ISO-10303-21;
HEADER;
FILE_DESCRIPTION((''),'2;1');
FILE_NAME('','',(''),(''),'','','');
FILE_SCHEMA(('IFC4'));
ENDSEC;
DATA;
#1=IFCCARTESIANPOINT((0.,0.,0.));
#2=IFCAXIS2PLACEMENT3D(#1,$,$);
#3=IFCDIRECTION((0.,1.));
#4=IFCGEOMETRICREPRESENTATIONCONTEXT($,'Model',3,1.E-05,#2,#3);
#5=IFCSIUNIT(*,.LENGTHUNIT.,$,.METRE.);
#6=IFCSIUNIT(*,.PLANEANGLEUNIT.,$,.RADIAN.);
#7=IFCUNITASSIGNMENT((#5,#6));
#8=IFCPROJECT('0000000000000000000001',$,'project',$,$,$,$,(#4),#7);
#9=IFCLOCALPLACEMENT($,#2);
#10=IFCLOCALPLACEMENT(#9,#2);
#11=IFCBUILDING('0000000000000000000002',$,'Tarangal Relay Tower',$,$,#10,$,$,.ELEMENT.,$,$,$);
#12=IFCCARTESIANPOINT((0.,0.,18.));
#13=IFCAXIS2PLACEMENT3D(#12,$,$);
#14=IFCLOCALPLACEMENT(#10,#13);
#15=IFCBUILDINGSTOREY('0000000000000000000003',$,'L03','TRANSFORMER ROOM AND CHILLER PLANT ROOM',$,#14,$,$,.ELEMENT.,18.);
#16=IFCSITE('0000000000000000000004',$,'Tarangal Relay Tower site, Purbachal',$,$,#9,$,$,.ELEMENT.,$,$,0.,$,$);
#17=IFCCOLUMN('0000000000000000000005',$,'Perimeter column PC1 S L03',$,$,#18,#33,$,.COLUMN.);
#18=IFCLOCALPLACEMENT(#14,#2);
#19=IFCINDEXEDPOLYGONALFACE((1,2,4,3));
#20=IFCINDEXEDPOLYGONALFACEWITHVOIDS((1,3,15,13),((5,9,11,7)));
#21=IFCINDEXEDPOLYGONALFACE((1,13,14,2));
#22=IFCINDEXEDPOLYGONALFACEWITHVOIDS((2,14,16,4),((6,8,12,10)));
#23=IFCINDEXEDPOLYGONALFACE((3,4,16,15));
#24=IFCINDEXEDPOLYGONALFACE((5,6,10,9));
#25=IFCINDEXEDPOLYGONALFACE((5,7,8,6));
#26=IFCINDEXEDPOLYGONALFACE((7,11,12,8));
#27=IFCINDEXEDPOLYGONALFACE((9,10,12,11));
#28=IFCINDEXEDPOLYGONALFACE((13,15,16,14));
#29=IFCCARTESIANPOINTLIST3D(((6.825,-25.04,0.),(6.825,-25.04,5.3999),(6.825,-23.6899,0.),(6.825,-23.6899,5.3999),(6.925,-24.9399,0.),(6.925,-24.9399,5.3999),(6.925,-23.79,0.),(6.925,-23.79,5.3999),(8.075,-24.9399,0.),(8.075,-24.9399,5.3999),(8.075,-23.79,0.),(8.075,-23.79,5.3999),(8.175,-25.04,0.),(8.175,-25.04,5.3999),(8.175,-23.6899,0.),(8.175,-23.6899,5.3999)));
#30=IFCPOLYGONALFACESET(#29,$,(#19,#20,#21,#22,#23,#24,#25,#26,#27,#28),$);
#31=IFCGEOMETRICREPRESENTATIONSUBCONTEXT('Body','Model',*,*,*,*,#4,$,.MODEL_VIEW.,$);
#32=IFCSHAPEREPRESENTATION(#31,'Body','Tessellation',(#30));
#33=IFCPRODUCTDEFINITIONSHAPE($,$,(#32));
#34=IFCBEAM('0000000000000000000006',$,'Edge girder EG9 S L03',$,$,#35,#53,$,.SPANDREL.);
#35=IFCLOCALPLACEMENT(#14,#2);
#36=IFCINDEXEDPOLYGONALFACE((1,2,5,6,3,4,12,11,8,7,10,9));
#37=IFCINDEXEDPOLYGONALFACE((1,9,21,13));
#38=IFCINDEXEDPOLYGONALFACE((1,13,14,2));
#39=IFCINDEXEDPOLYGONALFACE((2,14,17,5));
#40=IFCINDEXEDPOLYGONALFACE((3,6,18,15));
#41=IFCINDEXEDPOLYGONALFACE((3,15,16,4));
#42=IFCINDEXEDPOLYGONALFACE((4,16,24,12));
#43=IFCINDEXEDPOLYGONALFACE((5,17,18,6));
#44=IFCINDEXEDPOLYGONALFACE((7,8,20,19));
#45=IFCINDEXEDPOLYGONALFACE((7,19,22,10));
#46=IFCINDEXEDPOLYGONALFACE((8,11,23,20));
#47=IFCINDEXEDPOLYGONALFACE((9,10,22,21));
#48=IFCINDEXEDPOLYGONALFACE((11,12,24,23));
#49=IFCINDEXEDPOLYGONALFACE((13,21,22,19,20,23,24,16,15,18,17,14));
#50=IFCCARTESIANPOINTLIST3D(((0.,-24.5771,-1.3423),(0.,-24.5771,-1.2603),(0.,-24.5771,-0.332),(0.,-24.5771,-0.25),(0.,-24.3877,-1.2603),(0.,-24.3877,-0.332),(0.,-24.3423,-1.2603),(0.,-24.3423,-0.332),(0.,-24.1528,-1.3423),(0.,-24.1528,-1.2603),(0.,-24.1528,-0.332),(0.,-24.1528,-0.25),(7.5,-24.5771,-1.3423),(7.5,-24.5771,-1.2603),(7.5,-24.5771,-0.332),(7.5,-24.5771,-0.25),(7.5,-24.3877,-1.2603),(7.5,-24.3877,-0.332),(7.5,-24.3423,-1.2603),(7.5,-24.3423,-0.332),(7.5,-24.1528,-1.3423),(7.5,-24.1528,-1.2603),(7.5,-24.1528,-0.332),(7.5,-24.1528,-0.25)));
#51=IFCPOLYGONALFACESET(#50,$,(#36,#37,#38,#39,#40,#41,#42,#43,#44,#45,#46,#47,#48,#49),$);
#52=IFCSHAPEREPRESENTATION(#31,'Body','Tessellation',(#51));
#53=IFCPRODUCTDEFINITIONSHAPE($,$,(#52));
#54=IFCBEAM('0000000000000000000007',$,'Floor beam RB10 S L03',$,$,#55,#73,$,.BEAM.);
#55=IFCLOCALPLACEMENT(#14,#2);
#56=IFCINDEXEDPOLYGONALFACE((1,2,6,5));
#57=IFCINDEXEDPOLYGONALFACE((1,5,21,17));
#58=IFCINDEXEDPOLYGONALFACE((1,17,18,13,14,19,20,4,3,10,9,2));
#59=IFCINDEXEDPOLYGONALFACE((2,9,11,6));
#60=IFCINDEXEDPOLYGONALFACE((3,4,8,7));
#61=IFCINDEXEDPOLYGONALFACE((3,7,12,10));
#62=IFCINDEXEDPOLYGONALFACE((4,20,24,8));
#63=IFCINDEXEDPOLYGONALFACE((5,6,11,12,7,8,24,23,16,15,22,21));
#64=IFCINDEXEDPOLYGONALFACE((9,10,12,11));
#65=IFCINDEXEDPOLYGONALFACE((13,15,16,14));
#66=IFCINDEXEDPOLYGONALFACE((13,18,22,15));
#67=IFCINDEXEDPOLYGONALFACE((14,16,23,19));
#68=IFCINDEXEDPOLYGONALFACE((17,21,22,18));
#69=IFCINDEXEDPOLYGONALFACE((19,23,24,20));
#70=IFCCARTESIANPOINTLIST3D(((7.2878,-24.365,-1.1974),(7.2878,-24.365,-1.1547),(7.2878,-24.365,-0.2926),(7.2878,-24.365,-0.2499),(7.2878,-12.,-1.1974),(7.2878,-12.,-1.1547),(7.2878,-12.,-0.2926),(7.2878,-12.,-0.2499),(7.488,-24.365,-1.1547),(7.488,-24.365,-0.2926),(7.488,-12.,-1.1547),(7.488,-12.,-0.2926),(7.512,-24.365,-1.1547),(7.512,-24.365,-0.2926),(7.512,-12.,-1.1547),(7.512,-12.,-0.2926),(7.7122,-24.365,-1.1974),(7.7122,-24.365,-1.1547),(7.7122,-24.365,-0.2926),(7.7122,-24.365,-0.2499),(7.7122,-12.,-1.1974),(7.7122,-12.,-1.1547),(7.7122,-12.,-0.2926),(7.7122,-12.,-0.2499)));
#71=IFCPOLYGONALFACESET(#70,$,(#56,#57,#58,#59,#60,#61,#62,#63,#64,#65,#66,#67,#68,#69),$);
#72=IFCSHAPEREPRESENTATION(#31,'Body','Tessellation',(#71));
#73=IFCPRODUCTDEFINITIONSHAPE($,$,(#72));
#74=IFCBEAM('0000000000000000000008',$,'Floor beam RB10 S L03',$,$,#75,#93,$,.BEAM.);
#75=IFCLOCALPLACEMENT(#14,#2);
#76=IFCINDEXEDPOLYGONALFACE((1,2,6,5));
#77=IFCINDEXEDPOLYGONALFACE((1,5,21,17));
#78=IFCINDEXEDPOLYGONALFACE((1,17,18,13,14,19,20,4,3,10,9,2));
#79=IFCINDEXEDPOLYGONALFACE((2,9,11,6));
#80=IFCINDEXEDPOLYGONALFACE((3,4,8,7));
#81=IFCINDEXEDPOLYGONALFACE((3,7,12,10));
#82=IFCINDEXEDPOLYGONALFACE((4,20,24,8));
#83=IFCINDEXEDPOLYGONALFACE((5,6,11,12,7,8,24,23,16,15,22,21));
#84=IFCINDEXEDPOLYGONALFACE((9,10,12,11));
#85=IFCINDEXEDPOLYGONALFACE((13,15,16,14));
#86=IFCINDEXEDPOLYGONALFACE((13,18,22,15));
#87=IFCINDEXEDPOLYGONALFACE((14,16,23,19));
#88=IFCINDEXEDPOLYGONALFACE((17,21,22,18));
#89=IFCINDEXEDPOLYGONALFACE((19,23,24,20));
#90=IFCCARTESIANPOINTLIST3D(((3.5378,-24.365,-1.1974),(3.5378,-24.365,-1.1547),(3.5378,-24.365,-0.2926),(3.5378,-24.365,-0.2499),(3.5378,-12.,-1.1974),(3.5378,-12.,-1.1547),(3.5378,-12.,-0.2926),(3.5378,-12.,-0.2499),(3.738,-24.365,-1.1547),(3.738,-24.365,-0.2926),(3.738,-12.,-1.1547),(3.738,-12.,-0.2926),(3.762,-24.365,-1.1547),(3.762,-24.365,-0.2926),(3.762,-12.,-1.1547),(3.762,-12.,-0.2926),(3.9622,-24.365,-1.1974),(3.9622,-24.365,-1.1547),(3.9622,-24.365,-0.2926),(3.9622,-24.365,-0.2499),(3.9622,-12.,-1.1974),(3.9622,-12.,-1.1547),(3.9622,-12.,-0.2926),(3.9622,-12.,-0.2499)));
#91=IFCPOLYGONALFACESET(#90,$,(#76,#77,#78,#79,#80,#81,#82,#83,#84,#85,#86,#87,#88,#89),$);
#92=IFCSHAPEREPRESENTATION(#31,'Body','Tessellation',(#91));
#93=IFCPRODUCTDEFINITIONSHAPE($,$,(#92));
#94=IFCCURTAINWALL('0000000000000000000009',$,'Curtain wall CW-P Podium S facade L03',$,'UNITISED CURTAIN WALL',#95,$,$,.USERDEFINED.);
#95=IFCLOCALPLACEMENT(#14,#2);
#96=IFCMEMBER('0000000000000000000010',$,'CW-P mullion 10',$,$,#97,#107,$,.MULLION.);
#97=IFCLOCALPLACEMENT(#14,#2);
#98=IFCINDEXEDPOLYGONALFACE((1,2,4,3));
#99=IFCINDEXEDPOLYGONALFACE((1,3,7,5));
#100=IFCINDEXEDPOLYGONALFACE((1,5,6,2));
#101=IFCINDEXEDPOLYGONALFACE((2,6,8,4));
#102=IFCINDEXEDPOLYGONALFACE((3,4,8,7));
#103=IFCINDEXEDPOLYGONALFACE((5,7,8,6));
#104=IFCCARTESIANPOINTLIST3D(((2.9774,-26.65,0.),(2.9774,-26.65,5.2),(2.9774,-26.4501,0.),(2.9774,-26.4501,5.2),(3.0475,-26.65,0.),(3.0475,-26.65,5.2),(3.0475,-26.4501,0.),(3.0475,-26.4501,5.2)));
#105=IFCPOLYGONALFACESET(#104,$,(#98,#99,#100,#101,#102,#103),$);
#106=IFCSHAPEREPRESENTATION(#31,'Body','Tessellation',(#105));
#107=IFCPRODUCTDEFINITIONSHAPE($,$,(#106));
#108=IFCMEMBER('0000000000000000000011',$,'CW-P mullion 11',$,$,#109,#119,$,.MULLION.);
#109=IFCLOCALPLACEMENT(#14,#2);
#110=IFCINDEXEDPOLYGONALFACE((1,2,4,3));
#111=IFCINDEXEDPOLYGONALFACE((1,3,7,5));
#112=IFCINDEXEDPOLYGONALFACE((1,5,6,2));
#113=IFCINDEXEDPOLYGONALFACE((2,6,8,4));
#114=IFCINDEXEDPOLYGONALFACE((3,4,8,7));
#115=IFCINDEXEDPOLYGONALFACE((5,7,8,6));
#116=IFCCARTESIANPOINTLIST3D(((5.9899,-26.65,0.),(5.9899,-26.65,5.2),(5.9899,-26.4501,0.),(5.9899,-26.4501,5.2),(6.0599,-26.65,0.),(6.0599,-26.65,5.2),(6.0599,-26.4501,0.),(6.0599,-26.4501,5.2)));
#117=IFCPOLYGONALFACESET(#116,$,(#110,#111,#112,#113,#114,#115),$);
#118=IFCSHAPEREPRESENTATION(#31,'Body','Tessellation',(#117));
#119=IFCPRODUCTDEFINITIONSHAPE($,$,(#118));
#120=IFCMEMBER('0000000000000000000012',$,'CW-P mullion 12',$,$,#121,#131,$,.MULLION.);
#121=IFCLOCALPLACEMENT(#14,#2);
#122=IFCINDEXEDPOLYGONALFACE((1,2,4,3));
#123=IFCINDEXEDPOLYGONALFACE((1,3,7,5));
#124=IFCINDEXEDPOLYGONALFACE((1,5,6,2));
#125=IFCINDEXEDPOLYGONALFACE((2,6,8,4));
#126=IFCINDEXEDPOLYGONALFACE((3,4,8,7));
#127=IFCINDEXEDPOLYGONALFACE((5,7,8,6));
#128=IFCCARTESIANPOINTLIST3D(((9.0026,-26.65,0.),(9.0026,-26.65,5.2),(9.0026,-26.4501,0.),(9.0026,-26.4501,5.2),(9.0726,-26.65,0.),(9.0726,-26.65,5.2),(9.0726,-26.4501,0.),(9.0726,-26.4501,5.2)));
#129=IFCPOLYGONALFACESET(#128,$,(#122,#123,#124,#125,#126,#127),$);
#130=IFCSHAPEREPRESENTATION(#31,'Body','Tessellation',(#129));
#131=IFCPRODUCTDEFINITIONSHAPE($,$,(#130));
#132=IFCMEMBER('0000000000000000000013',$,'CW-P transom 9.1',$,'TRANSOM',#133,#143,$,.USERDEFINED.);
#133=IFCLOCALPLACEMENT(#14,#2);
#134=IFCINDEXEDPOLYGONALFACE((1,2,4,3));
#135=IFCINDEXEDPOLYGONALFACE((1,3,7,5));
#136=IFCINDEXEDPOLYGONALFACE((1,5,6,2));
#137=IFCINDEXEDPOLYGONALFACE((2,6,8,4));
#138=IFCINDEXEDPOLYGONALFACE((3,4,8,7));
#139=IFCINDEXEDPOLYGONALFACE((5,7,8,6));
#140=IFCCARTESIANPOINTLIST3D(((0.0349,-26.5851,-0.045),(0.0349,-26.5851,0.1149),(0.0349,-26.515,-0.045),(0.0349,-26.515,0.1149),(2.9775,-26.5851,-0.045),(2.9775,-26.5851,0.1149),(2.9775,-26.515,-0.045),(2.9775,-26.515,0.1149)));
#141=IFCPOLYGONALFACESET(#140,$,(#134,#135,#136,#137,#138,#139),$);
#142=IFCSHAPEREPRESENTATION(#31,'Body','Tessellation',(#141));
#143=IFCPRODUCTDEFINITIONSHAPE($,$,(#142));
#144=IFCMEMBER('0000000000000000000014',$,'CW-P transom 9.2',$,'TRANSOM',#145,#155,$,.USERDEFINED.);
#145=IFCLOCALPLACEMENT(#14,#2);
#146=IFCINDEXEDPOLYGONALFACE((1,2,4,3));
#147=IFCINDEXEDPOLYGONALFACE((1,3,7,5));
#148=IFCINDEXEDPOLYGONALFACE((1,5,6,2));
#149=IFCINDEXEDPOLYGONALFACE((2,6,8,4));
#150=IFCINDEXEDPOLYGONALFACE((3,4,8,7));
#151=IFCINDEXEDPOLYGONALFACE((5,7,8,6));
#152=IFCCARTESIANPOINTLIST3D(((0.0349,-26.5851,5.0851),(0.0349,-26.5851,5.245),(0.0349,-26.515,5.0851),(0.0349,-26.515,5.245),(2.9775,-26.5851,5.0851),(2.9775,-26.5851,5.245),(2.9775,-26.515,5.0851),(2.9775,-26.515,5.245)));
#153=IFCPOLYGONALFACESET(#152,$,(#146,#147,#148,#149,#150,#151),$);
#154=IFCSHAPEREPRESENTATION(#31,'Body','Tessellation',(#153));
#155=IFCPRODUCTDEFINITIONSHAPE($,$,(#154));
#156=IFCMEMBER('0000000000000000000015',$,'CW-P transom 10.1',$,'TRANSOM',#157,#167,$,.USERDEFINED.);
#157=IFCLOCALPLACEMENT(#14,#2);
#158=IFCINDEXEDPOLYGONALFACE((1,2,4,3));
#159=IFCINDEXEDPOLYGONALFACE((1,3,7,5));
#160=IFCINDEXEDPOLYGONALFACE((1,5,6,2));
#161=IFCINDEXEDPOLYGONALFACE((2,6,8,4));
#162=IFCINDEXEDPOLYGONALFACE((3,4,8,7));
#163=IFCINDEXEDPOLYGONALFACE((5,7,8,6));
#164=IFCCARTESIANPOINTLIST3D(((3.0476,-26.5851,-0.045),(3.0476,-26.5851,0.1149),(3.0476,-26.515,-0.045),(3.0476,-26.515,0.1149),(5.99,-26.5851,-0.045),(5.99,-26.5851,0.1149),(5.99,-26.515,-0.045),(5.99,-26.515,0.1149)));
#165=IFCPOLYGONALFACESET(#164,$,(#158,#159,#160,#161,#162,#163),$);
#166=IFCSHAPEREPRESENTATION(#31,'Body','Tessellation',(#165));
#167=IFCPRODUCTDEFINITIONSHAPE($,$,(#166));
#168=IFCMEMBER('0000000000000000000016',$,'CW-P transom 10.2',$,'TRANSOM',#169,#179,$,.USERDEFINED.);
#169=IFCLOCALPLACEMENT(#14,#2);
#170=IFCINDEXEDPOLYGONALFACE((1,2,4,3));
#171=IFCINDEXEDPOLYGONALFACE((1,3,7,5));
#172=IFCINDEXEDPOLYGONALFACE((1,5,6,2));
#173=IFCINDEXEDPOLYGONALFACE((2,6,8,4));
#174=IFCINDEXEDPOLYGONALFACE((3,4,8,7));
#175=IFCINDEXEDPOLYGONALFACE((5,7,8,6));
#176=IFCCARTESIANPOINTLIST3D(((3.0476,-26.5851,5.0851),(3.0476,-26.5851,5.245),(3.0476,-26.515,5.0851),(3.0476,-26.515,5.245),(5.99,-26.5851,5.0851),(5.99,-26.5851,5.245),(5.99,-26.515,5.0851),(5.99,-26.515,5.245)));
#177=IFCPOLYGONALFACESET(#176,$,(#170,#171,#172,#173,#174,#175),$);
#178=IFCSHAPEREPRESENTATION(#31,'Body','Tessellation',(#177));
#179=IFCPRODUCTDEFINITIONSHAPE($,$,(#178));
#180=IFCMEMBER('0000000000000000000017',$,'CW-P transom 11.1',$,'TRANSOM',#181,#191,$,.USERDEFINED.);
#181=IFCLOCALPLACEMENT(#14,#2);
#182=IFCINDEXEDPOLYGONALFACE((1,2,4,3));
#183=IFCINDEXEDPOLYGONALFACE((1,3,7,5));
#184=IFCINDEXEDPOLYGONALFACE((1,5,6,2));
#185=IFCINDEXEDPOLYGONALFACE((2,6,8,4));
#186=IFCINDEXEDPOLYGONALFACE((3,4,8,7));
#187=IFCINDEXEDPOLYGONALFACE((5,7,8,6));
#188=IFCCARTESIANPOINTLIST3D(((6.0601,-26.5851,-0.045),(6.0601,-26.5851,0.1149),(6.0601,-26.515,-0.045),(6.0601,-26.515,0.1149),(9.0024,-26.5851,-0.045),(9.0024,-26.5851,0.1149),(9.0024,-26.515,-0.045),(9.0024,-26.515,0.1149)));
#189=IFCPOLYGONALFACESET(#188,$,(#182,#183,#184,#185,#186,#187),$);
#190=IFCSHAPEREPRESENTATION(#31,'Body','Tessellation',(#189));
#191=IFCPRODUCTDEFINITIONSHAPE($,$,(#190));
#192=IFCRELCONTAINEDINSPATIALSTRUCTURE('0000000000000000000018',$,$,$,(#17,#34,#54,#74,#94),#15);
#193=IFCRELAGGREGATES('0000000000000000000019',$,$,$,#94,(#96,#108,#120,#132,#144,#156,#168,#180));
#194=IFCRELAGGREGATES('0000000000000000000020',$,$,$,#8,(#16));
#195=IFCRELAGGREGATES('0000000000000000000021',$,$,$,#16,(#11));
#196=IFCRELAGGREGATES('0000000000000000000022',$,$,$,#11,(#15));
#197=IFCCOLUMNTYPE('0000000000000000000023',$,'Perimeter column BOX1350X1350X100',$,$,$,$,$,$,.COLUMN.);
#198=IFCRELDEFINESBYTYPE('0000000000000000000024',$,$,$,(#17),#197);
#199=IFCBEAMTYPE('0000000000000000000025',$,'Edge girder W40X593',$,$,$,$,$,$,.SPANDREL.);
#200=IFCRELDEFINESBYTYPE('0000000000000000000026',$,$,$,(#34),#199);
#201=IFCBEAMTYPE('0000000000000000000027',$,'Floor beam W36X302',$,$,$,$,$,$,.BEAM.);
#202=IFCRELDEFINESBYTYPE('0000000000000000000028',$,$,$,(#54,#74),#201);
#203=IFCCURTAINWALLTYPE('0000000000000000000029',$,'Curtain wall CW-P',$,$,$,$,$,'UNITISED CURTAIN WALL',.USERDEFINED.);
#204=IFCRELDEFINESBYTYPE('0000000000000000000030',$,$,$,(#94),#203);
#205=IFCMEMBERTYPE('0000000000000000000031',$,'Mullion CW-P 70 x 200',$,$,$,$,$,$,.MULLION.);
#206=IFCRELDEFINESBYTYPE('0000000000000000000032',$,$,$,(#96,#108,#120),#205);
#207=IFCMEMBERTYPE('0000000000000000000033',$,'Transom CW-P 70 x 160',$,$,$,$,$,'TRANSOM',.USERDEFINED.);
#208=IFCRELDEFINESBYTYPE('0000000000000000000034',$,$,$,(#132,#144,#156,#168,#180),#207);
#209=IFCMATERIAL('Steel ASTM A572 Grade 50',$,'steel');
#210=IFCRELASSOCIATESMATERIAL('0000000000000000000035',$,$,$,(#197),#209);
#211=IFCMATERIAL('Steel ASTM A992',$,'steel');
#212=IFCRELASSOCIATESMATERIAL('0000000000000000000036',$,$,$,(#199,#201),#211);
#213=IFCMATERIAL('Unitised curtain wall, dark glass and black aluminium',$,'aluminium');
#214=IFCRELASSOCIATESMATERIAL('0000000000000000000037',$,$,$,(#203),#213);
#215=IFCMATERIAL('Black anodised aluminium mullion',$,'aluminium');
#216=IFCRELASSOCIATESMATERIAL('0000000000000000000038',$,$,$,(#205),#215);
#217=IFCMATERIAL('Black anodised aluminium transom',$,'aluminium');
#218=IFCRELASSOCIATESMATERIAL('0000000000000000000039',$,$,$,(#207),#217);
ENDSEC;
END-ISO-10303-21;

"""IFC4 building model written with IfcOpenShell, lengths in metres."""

from ifc_helpers import new_model, si_unit, direction, frame, origin, origin_2d, place, context, subcontext, project, spatial, rectangle, hollow_rectangle, i_section, extrude, material, material_profile, profile_set, type_object, element, aggregate, save


model = new_model("IFC4")

# Units and contexts
model_context = context("Model", 3, precision=1e-05, world=origin(), true_north=direction((0.0, 1.0)))
body_context = subcontext(model_context, "Body", "Model", "MODEL_VIEW")
ifc_project = project(units=[si_unit("LENGTHUNIT", "METRE"), si_unit("PLANEANGLEUNIT", "RADIAN")], contexts=[model_context])

# Site, building, storey
site_placement = place(None, origin())
site = spatial("IfcSite", under=ifc_project, at=site_placement, Name="Tarangal Relay Tower site, Purbachal", CompositionType="ELEMENT", RefElevation=0.0)
building_placement = place(site_placement, origin())
building = spatial("IfcBuilding", under=site, at=building_placement, Name="Tarangal Relay Tower", CompositionType="ELEMENT")
storey_placement = place(building_placement, frame((0.0, 0.0, 18.0)))
storey = spatial("IfcBuildingStorey", under=building, at=storey_placement, Name="L03", Description="TRANSFORMER ROOM AND CHILLER PLANT ROOM", CompositionType="ELEMENT", Elevation=18.0)

# Column
ifc_material_1 = material(Name="Steel ASTM A572 Grade 50", Category="steel")
ifc_material_profile_1 = material_profile(ifc_material_1, hollow_rectangle(XDim=1.3501, YDim=1.3501, WallThickness=0.1001, at=origin_2d()), Name="BOX1350X1350X100")
ifc_profile_set_1 = profile_set([ifc_material_profile_1], Name="Steel ASTM A572 Grade 50")
column_type = type_object("IfcColumnType", Name="Perimeter column BOX1350X1350X100", PredefinedType="COLUMN", material=ifc_profile_set_1)
column_placement = place(storey_placement, frame((7.5, -24.365, 0.0), z_axis=(0.0, 0.0, 1.0), x_axis=(1.0, 0.0, 0.0)))
element("IfcColumn", 1, at=column_placement, inside=storey, type_object=column_type, Name="Perimeter column PC1 S L03", PredefinedType="COLUMN", context=body_context, shape_type="SweptSolid", body=[
    extrude(hollow_rectangle(XDim=1.3501, YDim=1.3501, WallThickness=0.1001, at=origin_2d()), origin(), (0.0, 0.0, 1.0), 5.3999),
])

# Beams
ifc_material_2 = material(Name="Steel ASTM A992", Category="steel")
ifc_material_profile_2 = material_profile(ifc_material_2, i_section(OverallWidth=0.4243, OverallDepth=1.0923, WebThickness=0.0454, FlangeThickness=0.082, at=origin_2d()), Name="W40X593")
ifc_profile_set_2 = profile_set([ifc_material_profile_2], Name="Steel ASTM A992")
beam_type_1 = type_object("IfcBeamType", Name="Edge girder W40X593", PredefinedType="SPANDREL", material=ifc_profile_set_2)
beam_placement = place(storey_placement, frame((7.5, -24.365, -0.7961), z_axis=(-1.0, 0.0, 0.0), x_axis=(0.0, -1.0, 0.0)))
element("IfcBeam", 2, at=beam_placement, inside=storey, type_object=beam_type_1, Name="Edge girder EG9 S L03", PredefinedType="SPANDREL", context=body_context, shape_type="SweptSolid", body=[
    extrude(i_section(OverallWidth=0.4243, OverallDepth=1.0923, WebThickness=0.0454, FlangeThickness=0.082, at=origin_2d()), origin(), (0.0, 0.0, 1.0), 7.5),
])
ifc_material_profile_3 = material_profile(ifc_material_2, i_section(OverallWidth=0.4243, OverallDepth=0.9475, WebThickness=0.0239, FlangeThickness=0.0427, at=origin_2d()), Name="W36X302")
ifc_profile_set_3 = profile_set([ifc_material_profile_3], Name="Steel ASTM A992")
beam_type_2 = type_object("IfcBeamType", Name="Floor beam W36X302", PredefinedType="BEAM", material=ifc_profile_set_3)
for number, where, z_axis, x_axis, name in (
    (3, (7.5, -12.0, -0.7236), (0.0, -1.0, 0.0), (1.0, 0.0, 0.0), "Floor beam RB10 S L03"),
    (4, (3.75, -12.0, -0.7236), (0.0, -1.0, 0.0), (1.0, 0.0, 0.0), "Floor beam RB10 S L03"),
):
    element("IfcBeam", number, at=place(storey_placement, frame(where, z_axis=z_axis, x_axis=x_axis)), inside=storey, type_object=beam_type_2, Name=name, PredefinedType="BEAM", context=body_context, shape_type="SweptSolid", body=[
        extrude(i_section(OverallWidth=0.4243, OverallDepth=0.9475, WebThickness=0.0239, FlangeThickness=0.0427, at=origin_2d()), origin(), (0.0, 0.0, 1.0), 12.365),
    ])

# Curtain wall, members
ifc_material_3 = material(Name="Unitised curtain wall, dark glass and black aluminium", Category="aluminium")
curtain_wall_type = type_object("IfcCurtainWallType", Name="Curtain wall CW-P", ElementType="UNITISED CURTAIN WALL", PredefinedType="USERDEFINED", material=ifc_material_3)
curtain_wall_placement = place(storey_placement, origin())
curtain_wall = element("IfcCurtainWall", 5, at=curtain_wall_placement, inside=storey, type_object=curtain_wall_type, Name="Curtain wall CW-P Podium S facade L03", ObjectType="UNITISED CURTAIN WALL", PredefinedType="USERDEFINED")
ifc_material_4 = material(Name="Black anodised aluminium mullion", Category="aluminium")
ifc_material_profile_4 = material_profile(ifc_material_4, rectangle(XDim=0.2, YDim=0.0701, at=origin_2d()), Name="CW-PM 70X200")
ifc_profile_set_4 = profile_set([ifc_material_profile_4], Name="Black anodised aluminium mullion")
member_type_1 = type_object("IfcMemberType", Name="Mullion CW-P 70 x 200", PredefinedType="MULLION", material=ifc_profile_set_4)
member_1_placement = place(storey_placement, frame((3.0125, -26.55, 0.0), z_axis=(0.0, 0.0, 1.0), x_axis=(0.0, 1.0, 0.0)))
member_1 = element("IfcMember", 6, at=member_1_placement, type_object=member_type_1, Name="CW-P mullion 10", PredefinedType="MULLION", context=body_context, shape_type="SweptSolid", body=[
    extrude(rectangle(XDim=0.2, YDim=0.0701, at=origin_2d()), origin(), (0.0, 0.0, 1.0), 5.2),
])
member_2_placement = place(storey_placement, frame((6.0249, -26.55, 0.0), z_axis=(0.0, 0.0, 1.0), x_axis=(0.0, 1.0, 0.0)))
member_2 = element("IfcMember", 7, at=member_2_placement, type_object=member_type_1, Name="CW-P mullion 11", PredefinedType="MULLION", context=body_context, shape_type="SweptSolid", body=[
    extrude(rectangle(XDim=0.2, YDim=0.0701, at=origin_2d()), origin(), (0.0, 0.0, 1.0), 5.2),
])
member_3_placement = place(storey_placement, frame((9.0376, -26.55, 0.0), z_axis=(0.0, 0.0, 1.0), x_axis=(0.0, 1.0, 0.0)))
member_3 = element("IfcMember", 8, at=member_3_placement, type_object=member_type_1, Name="CW-P mullion 12", PredefinedType="MULLION", context=body_context, shape_type="SweptSolid", body=[
    extrude(rectangle(XDim=0.2, YDim=0.0701, at=origin_2d()), origin(), (0.0, 0.0, 1.0), 5.2),
])
ifc_material_5 = material(Name="Black anodised aluminium transom", Category="aluminium")
ifc_material_profile_5 = material_profile(ifc_material_5, rectangle(XDim=0.0701, YDim=0.1599, at=origin_2d()), Name="CW-PT 70X160")
ifc_profile_set_5 = profile_set([ifc_material_profile_5], Name="Black anodised aluminium transom")
member_type_2 = type_object("IfcMemberType", Name="Transom CW-P 70 x 160", ElementType="TRANSOM", PredefinedType="USERDEFINED", material=ifc_profile_set_5)
member_4_placement = place(storey_placement, frame((0.0349, -26.55, 0.0349), z_axis=(1.0, 0.0, 0.0), x_axis=(0.0, 1.0, 0.0)))
member_4 = element("IfcMember", 9, at=member_4_placement, type_object=member_type_2, Name="CW-P transom 9.1", ObjectType="TRANSOM", PredefinedType="USERDEFINED", context=body_context, shape_type="SweptSolid", body=[
    extrude(rectangle(XDim=0.0701, YDim=0.1599, at=origin_2d()), origin(), (0.0, 0.0, 1.0), 2.9426),
])
member_5_placement = place(storey_placement, frame((0.0349, -26.55, 5.165), z_axis=(1.0, 0.0, 0.0), x_axis=(0.0, 1.0, 0.0)))
member_5 = element("IfcMember", 10, at=member_5_placement, type_object=member_type_2, Name="CW-P transom 9.2", ObjectType="TRANSOM", PredefinedType="USERDEFINED", context=body_context, shape_type="SweptSolid", body=[
    extrude(rectangle(XDim=0.0701, YDim=0.1599, at=origin_2d()), origin(), (0.0, 0.0, 1.0), 2.9426),
])
member_6_placement = place(storey_placement, frame((3.0476, -26.55, 0.0349), z_axis=(1.0, 0.0, 0.0), x_axis=(0.0, 1.0, 0.0)))
member_6 = element("IfcMember", 11, at=member_6_placement, type_object=member_type_2, Name="CW-P transom 10.1", ObjectType="TRANSOM", PredefinedType="USERDEFINED", context=body_context, shape_type="SweptSolid", body=[
    extrude(rectangle(XDim=0.0701, YDim=0.1599, at=origin_2d()), origin(), (0.0, 0.0, 1.0), 2.9424),
])
member_7_placement = place(storey_placement, frame((3.0476, -26.55, 5.165), z_axis=(1.0, 0.0, 0.0), x_axis=(0.0, 1.0, 0.0)))
member_7 = element("IfcMember", 12, at=member_7_placement, type_object=member_type_2, Name="CW-P transom 10.2", ObjectType="TRANSOM", PredefinedType="USERDEFINED", context=body_context, shape_type="SweptSolid", body=[
    extrude(rectangle(XDim=0.0701, YDim=0.1599, at=origin_2d()), origin(), (0.0, 0.0, 1.0), 2.9424),
])
member_8_placement = place(storey_placement, frame((6.0601, -26.55, 0.0349), z_axis=(1.0, 0.0, 0.0), x_axis=(0.0, 1.0, 0.0)))
member_8 = element("IfcMember", 13, at=member_8_placement, type_object=member_type_2, Name="CW-P transom 11.1", ObjectType="TRANSOM", PredefinedType="USERDEFINED", context=body_context, shape_type="SweptSolid", body=[
    extrude(rectangle(XDim=0.0701, YDim=0.1599, at=origin_2d()), origin(), (0.0, 0.0, 1.0), 2.9424),
])
aggregate(curtain_wall, [member_1, member_2, member_3, member_4, member_5, member_6, member_7, member_8])

save(model, "model.ifc")
